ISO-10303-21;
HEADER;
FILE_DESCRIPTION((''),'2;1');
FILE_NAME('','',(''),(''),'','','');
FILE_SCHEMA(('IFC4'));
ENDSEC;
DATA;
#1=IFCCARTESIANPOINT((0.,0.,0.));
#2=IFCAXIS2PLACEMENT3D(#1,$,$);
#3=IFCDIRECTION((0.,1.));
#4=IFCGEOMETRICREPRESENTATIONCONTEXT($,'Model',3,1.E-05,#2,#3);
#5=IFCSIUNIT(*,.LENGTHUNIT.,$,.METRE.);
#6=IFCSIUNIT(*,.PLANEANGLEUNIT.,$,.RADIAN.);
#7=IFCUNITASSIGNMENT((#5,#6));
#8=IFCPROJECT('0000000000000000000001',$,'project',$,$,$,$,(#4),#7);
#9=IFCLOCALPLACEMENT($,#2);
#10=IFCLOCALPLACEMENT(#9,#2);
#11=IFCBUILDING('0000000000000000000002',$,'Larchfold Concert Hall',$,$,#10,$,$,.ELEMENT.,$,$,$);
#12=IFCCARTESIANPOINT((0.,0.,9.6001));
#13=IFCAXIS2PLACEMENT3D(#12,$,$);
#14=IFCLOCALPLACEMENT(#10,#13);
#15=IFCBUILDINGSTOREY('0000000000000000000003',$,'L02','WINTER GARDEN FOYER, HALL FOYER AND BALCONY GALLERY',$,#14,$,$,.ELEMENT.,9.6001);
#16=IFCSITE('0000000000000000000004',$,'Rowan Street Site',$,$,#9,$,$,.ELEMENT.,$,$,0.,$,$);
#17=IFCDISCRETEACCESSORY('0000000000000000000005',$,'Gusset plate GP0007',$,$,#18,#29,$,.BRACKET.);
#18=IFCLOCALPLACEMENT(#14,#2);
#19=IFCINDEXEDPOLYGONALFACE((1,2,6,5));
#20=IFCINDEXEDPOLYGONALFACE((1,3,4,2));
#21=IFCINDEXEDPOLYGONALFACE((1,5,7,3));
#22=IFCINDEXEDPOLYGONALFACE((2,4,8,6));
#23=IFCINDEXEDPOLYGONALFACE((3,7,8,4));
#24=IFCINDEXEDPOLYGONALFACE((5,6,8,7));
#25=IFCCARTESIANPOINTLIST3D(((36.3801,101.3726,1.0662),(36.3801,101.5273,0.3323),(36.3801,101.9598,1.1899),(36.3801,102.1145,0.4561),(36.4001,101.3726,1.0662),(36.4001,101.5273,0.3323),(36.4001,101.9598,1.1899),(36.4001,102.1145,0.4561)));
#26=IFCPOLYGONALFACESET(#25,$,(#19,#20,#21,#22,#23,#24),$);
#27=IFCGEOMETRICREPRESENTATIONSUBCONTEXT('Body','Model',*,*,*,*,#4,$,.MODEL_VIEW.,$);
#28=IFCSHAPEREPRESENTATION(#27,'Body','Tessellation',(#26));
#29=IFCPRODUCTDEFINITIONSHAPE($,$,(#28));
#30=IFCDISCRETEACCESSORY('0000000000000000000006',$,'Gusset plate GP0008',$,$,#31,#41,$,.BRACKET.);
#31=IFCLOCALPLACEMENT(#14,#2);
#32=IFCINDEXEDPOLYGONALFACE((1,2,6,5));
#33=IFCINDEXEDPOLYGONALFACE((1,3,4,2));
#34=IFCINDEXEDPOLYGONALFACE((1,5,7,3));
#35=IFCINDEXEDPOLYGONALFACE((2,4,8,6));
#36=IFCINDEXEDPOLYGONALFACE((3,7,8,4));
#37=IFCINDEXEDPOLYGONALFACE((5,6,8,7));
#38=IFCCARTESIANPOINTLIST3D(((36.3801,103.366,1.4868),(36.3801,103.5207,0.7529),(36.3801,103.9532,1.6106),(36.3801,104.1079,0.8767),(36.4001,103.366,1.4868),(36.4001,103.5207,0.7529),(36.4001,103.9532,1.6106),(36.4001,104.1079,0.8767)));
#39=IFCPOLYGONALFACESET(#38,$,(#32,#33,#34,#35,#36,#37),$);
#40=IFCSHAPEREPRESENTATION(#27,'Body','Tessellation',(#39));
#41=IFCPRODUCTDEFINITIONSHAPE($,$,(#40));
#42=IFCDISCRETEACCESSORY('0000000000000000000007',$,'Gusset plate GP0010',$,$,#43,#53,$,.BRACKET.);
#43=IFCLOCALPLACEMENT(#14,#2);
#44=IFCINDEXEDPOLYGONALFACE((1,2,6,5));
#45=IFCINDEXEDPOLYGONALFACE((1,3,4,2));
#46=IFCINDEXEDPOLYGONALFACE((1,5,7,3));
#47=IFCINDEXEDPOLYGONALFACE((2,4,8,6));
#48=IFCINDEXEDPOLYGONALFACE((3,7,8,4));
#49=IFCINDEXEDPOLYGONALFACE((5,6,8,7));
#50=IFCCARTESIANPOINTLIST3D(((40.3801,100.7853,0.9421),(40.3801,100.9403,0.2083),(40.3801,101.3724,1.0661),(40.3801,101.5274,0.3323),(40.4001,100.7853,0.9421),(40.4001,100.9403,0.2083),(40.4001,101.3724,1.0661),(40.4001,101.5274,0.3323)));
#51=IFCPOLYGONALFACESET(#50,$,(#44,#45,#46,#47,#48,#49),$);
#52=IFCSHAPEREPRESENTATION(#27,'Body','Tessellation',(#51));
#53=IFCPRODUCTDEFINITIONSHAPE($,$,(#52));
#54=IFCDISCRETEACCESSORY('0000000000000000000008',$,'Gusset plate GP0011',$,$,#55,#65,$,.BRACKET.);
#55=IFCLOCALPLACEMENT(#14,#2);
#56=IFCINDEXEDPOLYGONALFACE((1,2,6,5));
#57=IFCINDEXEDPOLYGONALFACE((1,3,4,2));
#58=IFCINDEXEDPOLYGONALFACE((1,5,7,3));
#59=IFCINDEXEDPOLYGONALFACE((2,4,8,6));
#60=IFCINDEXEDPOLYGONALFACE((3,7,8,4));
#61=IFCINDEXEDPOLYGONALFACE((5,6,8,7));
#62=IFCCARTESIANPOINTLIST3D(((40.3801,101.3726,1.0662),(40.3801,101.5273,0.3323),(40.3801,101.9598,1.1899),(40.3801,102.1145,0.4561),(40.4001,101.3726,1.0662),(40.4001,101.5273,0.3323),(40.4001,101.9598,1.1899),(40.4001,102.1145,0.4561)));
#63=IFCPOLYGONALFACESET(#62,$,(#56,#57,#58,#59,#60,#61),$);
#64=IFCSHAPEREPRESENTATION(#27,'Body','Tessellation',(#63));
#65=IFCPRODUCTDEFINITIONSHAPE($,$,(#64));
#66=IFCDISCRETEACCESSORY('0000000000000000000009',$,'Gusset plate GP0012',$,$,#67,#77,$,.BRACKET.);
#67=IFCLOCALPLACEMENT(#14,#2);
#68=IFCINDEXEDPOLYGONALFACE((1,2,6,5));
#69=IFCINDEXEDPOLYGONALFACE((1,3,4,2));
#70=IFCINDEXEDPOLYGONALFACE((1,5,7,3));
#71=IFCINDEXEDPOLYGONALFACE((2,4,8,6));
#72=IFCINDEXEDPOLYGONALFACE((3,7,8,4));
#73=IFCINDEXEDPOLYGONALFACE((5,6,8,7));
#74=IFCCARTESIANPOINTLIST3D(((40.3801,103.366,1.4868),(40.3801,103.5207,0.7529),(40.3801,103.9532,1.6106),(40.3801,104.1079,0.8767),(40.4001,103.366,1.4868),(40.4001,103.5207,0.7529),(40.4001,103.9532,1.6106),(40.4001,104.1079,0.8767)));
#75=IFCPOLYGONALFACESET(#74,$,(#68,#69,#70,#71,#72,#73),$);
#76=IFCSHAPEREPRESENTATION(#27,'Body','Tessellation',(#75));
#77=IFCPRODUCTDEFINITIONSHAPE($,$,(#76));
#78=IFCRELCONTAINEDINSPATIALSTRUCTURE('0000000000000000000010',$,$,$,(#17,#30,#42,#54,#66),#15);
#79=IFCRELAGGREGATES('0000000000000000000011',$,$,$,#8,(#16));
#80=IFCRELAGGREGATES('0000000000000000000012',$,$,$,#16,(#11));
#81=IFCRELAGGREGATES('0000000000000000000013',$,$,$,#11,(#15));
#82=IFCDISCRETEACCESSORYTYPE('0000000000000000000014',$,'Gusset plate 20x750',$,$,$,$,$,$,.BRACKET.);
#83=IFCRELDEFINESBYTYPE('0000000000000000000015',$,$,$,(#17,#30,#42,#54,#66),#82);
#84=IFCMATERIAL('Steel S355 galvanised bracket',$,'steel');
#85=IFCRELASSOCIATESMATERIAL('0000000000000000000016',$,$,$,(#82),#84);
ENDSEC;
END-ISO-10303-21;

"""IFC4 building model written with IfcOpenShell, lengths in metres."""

from ifc_helpers import new_model, si_unit, direction, frame, origin, origin_2d, place, context, subcontext, project, spatial, rectangle, extrude, material, material_profile, profile_set, type_object, element, save


model = new_model("IFC4")

# Units and contexts
model_context = context("Model", 3, precision=1e-05, world=origin(), true_north=direction((0.0, 1.0)))
body_context = subcontext(model_context, "Body", "Model", "MODEL_VIEW")
ifc_project = project(units=[si_unit("LENGTHUNIT", "METRE"), si_unit("PLANEANGLEUNIT", "RADIAN")], contexts=[model_context])

# Site, building, storey
site_placement = place(None, origin())
site = spatial("IfcSite", under=ifc_project, at=site_placement, Name="Rowan Street Site", CompositionType="ELEMENT", RefElevation=0.0)
building_placement = place(site_placement, origin())
building = spatial("IfcBuilding", under=site, at=building_placement, Name="Larchfold Concert Hall", CompositionType="ELEMENT")
storey_placement = place(building_placement, frame((0.0, 0.0, 9.6001)))
storey = spatial("IfcBuildingStorey", under=building, at=storey_placement, Name="L02", Description="WINTER GARDEN FOYER, HALL FOYER AND BALCONY GALLERY", CompositionType="ELEMENT", Elevation=9.6001)

# Discrete accessories
ifc_material_1 = material(Name="Steel S355 galvanised bracket", Category="steel")
ifc_material_profile_1 = material_profile(ifc_material_1, rectangle(XDim=0.02, YDim=0.75, at=origin_2d()))
ifc_profile_set_1 = profile_set([ifc_material_profile_1], Name="Steel S355 galvanised bracket")
discrete_accessory_type = type_object("IfcDiscreteAccessoryType", Name="Gusset plate 20x750", PredefinedType="BRACKET", material=ifc_profile_set_1)
for number, where, z_axis, x_axis, name in (
    (1, (36.3901, 101.45, 0.6992), (0.0, 0.978494, 0.206277), (-1.0, 0.0, 0.0), "Gusset plate GP0007"),
    (2, (36.3901, 103.4434, 1.1199), (0.0, 0.978494, 0.206277), (-1.0, 0.0, 0.0), "Gusset plate GP0008"),
    (3, (40.3901, 100.8628, 0.5752), (0.0, 0.978411, 0.206667), (-1.0, 0.0, 0.0), "Gusset plate GP0010"),
    (4, (40.3901, 101.45, 0.6992), (0.0, 0.978494, 0.206277), (-1.0, 0.0, 0.0), "Gusset plate GP0011"),
    (5, (40.3901, 103.4434, 1.1199), (0.0, 0.978494, 0.206277), (-1.0, 0.0, 0.0), "Gusset plate GP0012"),
):
    element("IfcDiscreteAccessory", number, at=place(storey_placement, frame(where, z_axis=z_axis, x_axis=x_axis)), inside=storey, type_object=discrete_accessory_type, Name=name, PredefinedType="BRACKET", context=body_context, shape_type="SweptSolid", body=[
        extrude(rectangle(XDim=0.02, YDim=0.75, at=origin_2d()), origin(), (0.0, 0.0, 1.0), 0.6001),
    ])

save(model, "model.ifc")
